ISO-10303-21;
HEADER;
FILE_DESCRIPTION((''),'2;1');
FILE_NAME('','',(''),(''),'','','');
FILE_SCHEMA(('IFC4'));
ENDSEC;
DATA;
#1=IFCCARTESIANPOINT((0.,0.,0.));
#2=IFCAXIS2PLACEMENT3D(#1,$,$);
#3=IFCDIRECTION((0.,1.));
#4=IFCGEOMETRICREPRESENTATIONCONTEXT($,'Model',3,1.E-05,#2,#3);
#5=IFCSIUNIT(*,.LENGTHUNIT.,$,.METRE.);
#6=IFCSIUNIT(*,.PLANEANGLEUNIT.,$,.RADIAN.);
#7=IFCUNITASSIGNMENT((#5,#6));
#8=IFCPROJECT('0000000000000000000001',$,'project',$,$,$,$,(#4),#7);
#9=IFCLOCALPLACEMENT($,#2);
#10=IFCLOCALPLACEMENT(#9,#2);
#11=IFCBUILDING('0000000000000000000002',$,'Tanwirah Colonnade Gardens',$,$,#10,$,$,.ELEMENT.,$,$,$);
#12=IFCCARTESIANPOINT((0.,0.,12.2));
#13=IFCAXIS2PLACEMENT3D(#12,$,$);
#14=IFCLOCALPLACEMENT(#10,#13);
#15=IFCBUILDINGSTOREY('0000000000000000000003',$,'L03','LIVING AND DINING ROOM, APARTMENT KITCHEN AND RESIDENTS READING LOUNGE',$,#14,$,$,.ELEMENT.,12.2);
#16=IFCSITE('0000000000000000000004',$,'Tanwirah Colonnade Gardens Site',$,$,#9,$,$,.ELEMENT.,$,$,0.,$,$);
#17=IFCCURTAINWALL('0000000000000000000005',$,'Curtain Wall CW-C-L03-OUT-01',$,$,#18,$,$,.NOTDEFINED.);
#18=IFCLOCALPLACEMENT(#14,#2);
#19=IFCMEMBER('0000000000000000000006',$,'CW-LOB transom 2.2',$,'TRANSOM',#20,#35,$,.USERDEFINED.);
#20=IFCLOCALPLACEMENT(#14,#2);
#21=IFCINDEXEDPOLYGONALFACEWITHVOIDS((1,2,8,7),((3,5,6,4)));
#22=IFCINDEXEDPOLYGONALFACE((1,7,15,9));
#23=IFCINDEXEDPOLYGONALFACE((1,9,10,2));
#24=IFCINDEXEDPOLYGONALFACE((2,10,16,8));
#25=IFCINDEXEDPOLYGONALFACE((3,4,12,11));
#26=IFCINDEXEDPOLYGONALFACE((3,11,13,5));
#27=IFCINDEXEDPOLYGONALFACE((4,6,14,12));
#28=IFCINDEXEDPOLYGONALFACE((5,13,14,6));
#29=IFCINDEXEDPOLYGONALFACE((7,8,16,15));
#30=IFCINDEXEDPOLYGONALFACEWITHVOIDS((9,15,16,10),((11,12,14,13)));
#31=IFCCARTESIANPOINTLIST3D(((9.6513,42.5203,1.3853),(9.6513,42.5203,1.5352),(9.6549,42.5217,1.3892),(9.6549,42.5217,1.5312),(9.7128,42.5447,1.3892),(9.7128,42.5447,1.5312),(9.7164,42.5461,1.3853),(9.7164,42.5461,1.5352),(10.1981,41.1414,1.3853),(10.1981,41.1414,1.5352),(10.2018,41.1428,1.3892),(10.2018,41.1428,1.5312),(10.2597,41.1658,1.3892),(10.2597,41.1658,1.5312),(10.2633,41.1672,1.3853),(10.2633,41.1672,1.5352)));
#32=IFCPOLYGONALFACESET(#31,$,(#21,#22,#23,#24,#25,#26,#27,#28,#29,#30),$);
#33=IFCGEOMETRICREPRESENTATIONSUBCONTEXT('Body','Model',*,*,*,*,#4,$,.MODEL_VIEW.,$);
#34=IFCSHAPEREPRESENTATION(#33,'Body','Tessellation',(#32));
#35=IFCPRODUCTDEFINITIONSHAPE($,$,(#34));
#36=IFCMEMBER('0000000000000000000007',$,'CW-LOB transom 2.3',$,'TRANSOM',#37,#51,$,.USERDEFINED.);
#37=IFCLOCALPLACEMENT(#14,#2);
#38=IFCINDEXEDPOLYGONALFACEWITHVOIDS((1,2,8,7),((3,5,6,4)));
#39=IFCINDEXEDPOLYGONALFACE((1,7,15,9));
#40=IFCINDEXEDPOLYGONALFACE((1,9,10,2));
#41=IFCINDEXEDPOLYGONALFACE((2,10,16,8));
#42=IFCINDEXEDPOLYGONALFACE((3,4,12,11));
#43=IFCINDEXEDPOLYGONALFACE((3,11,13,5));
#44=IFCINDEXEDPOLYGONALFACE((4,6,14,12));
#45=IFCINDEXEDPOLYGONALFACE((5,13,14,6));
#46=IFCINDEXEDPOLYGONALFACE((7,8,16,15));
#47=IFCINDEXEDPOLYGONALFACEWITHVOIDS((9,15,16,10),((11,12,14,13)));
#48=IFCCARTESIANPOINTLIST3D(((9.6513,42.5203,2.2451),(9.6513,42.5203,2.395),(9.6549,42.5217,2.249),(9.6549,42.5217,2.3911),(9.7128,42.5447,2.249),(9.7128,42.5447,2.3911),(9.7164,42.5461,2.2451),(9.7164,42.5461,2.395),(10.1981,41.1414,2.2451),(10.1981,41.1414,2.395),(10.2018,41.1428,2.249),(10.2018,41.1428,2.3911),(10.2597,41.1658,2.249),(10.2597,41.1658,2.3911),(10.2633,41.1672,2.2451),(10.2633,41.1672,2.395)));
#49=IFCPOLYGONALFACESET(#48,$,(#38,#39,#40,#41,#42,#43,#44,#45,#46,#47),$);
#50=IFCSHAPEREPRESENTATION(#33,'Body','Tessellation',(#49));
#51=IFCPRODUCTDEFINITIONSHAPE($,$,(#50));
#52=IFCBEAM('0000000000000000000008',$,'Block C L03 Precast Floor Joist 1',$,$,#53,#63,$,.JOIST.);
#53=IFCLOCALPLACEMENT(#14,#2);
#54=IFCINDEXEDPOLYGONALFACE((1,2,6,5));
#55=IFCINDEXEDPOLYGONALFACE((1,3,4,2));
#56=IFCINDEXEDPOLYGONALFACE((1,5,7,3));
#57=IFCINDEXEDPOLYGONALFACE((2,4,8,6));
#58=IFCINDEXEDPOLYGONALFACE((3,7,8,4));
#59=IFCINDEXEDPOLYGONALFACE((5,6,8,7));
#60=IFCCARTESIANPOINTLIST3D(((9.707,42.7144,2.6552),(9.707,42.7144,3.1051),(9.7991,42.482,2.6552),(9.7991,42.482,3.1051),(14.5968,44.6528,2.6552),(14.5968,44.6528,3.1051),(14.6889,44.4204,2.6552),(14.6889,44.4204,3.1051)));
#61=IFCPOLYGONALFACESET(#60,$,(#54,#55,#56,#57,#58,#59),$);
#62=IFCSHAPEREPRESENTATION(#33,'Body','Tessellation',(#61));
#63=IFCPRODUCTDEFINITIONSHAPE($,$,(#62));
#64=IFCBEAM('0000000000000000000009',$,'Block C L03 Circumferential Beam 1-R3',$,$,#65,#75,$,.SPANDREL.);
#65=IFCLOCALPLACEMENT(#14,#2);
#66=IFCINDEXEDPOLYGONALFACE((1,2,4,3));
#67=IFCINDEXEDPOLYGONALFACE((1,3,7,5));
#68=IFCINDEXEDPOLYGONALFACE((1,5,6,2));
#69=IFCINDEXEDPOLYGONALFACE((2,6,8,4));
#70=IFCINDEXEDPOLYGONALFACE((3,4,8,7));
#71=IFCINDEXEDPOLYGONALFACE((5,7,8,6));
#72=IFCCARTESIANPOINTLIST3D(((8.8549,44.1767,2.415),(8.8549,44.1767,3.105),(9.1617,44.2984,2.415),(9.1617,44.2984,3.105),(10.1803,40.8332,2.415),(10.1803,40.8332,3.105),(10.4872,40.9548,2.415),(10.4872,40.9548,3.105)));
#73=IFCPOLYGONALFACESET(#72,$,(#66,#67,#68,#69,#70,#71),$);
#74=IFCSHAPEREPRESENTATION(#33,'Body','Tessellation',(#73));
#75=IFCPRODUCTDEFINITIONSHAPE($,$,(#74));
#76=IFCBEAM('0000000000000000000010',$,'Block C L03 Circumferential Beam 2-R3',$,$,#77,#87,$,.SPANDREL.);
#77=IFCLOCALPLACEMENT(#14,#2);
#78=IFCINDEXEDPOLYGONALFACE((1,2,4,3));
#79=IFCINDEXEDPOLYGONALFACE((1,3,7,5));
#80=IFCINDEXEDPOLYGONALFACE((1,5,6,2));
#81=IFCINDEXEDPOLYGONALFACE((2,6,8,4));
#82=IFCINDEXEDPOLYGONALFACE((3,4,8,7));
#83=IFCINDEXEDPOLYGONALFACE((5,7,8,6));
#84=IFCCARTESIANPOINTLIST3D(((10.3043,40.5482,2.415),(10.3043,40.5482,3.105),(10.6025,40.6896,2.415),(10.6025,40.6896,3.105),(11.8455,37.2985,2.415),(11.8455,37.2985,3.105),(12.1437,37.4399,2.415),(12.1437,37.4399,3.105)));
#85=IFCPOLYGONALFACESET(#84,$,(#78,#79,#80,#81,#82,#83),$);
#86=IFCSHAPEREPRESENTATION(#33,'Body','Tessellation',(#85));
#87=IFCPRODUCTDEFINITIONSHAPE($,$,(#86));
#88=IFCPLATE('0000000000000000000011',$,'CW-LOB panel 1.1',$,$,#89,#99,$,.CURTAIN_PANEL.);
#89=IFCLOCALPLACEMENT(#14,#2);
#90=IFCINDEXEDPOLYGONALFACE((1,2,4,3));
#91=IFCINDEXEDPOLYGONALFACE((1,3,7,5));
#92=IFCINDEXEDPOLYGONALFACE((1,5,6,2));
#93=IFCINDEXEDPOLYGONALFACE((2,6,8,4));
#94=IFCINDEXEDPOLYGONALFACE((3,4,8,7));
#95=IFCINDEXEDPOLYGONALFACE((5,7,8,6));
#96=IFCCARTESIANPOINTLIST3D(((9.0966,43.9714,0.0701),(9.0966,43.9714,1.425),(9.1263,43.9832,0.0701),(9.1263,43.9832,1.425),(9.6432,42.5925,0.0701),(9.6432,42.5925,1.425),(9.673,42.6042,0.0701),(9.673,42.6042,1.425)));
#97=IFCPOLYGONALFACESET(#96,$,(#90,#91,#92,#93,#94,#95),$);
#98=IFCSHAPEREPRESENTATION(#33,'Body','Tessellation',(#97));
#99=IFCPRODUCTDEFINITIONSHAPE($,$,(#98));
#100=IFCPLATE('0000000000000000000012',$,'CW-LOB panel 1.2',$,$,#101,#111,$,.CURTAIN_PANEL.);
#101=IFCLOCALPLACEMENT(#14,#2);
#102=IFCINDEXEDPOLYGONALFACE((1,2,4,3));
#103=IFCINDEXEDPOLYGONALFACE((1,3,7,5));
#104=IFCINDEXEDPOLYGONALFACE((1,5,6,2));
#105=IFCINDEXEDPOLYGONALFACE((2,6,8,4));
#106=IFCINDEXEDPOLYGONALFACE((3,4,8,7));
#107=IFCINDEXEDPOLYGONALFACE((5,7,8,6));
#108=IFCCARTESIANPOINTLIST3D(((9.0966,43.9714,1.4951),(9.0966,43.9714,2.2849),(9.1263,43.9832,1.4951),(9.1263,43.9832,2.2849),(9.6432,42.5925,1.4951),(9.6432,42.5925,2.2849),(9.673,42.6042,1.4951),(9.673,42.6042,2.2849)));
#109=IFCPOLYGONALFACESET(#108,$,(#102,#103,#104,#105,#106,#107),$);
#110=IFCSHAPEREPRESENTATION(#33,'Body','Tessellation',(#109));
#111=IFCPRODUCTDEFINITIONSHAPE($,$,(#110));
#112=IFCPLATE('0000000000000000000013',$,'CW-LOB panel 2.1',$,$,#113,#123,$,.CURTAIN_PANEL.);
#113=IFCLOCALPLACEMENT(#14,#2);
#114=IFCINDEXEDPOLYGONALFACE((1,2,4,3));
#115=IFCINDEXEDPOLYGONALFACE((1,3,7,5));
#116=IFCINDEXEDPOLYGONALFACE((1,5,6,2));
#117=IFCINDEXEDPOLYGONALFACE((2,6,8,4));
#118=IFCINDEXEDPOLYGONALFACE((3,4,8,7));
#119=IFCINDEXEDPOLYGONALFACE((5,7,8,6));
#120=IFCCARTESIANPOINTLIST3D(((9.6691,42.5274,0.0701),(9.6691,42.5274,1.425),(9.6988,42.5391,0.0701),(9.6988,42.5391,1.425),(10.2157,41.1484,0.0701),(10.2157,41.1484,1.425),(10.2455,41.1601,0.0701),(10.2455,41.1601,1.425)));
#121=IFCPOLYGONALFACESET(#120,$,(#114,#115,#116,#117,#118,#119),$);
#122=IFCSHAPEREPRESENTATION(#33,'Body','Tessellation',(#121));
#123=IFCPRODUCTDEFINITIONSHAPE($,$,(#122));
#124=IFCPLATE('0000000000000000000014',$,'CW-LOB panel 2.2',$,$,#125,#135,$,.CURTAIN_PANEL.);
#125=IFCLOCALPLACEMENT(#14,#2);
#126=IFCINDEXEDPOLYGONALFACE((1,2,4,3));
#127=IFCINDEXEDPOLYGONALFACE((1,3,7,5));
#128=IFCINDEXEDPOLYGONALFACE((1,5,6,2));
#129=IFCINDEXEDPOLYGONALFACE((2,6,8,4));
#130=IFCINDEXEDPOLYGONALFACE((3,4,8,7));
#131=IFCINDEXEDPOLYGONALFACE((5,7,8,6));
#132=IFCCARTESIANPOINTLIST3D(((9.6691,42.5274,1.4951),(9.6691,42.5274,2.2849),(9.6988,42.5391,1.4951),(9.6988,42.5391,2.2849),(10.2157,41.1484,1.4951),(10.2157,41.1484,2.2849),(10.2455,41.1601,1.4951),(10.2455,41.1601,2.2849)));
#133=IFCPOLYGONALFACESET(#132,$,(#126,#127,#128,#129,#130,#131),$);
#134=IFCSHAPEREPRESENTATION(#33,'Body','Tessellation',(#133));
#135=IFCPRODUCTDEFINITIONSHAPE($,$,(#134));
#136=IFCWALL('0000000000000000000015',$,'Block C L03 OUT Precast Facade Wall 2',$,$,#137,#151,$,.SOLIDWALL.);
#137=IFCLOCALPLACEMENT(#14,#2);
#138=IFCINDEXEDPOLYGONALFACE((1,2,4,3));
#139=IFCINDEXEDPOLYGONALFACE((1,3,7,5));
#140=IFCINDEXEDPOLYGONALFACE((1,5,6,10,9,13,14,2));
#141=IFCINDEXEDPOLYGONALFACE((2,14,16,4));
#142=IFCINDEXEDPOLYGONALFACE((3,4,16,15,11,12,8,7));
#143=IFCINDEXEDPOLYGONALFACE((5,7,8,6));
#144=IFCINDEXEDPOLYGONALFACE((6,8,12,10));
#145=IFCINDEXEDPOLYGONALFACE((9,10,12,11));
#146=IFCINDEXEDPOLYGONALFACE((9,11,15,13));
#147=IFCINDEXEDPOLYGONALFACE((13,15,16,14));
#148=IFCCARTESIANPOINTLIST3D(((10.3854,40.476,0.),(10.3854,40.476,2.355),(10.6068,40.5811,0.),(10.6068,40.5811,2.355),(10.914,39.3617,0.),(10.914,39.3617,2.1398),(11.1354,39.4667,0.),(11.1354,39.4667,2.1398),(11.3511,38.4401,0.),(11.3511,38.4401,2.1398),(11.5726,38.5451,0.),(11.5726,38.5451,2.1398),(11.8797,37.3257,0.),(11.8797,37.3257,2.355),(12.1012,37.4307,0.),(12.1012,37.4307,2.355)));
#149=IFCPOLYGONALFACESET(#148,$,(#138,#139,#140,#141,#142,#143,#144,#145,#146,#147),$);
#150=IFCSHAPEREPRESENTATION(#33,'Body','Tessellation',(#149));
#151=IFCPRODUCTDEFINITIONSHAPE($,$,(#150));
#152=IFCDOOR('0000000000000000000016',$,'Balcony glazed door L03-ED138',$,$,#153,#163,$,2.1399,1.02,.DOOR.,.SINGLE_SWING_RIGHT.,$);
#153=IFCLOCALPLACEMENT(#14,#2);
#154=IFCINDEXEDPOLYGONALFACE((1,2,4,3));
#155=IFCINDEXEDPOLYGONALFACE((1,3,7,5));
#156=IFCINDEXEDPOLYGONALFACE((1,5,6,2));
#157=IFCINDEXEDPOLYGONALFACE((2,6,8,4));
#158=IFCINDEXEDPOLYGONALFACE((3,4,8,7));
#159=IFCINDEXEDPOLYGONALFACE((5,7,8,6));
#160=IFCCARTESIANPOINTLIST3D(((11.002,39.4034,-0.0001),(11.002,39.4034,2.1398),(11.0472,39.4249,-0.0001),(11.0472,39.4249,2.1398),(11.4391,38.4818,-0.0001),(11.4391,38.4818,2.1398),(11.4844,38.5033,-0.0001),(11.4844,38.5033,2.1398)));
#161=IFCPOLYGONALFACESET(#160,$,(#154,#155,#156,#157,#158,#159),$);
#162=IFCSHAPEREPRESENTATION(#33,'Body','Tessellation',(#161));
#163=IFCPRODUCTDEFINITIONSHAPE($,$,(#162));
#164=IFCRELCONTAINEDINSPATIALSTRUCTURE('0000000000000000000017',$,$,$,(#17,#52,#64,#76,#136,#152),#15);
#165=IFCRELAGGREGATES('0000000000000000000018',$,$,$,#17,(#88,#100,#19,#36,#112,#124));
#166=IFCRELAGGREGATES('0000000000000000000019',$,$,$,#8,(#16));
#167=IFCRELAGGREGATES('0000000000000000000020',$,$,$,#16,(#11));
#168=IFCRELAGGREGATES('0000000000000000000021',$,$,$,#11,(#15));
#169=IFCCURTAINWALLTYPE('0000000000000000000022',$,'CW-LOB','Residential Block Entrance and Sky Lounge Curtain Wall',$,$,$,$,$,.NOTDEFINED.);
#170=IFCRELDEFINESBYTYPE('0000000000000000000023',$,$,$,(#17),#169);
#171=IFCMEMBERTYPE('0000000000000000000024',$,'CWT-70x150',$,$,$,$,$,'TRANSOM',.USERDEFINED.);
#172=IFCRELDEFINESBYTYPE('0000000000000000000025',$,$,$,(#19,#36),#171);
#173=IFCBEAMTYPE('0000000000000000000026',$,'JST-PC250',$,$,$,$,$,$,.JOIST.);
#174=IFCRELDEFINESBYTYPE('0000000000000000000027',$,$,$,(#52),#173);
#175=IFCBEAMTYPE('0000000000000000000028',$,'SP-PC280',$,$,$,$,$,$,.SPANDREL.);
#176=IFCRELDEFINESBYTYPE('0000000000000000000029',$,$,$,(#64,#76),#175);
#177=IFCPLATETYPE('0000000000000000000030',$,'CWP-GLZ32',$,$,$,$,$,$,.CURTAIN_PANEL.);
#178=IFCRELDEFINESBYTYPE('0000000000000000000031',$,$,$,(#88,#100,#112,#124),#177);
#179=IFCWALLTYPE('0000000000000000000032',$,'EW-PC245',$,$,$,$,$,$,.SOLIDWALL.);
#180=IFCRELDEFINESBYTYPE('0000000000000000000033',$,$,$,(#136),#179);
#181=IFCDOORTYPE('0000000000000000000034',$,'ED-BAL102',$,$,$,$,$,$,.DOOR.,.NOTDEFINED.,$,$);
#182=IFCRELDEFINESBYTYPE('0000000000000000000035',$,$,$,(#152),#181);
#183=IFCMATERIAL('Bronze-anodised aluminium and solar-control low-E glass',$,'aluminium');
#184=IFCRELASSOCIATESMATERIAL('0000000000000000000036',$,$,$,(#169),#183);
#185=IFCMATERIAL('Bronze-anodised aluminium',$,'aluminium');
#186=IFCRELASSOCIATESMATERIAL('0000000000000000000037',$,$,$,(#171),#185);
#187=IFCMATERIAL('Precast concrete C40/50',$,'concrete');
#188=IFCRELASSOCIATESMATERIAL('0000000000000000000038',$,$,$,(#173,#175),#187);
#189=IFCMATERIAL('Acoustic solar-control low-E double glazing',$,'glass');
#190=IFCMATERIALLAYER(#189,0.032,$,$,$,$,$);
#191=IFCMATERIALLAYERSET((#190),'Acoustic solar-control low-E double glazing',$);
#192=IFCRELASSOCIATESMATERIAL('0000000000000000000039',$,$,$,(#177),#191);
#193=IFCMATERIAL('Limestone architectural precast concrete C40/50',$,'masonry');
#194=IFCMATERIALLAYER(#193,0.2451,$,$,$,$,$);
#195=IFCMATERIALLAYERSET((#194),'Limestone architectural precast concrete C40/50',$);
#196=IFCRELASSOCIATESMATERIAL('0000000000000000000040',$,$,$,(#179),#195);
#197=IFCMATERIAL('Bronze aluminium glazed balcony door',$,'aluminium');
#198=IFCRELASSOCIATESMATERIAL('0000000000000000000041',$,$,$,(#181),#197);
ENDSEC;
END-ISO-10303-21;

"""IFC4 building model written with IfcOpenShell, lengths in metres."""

from ifc_helpers import new_model, si_unit, direction, frame, frame_2d, origin, origin_2d, place, context, subcontext, project, spatial, rectangle, hollow_rectangle, extrude, material, layer, layer_set, material_profile, profile_set, type_object, element, fill, aggregate, save


model = new_model("IFC4")

# Units and contexts
model_context = context("Model", 3, precision=1e-05, world=origin(), true_north=direction((0.0, 1.0)))
body_context = subcontext(model_context, "Body", "Model", "MODEL_VIEW")
ifc_project = project(units=[si_unit("LENGTHUNIT", "METRE"), si_unit("PLANEANGLEUNIT", "RADIAN")], contexts=[model_context])

# Site, building, storey
site_placement = place(None, origin())
site = spatial("IfcSite", under=ifc_project, at=site_placement, Name="Tanwirah Colonnade Gardens Site", CompositionType="ELEMENT", RefElevation=0.0)
building_placement = place(site_placement, origin())
building = spatial("IfcBuilding", under=site, at=building_placement, Name="Tanwirah Colonnade Gardens", CompositionType="ELEMENT")
storey_placement = place(building_placement, frame((0.0, 0.0, 12.2)))
storey = spatial("IfcBuildingStorey", under=building, at=storey_placement, Name="L03", Description="LIVING AND DINING ROOM, APARTMENT KITCHEN AND RESIDENTS READING LOUNGE", CompositionType="ELEMENT", Elevation=12.2)

# Shared definitions
ifc_material_1 = material(Name="Precast concrete C40/50", Category="concrete")

# Curtain wall, members
ifc_material_2 = material(Name="Bronze-anodised aluminium and solar-control low-E glass", Category="aluminium")
curtain_wall_type = type_object("IfcCurtainWallType", Name="CW-LOB", Description="Residential Block Entrance and Sky Lounge Curtain Wall", PredefinedType="NOTDEFINED", material=ifc_material_2)
curtain_wall_placement = place(storey_placement, origin())
curtain_wall = element("IfcCurtainWall", 1, at=curtain_wall_placement, inside=storey, type_object=curtain_wall_type, Name="Curtain Wall CW-C-L03-OUT-01", PredefinedType="NOTDEFINED")
ifc_material_3 = material(Name="Bronze-anodised aluminium", Category="aluminium")
ifc_material_profile_1 = material_profile(ifc_material_3, hollow_rectangle(XDim=0.0701, YDim=0.1499, WallThickness=0.0039, at=origin_2d()), Name="CW-TRN 70x150x4")
ifc_profile_set_1 = profile_set([ifc_material_profile_1], Name="Bronze-anodised aluminium")
member_type_1 = type_object("IfcMemberType", Name="CWT-70x150", ElementType="TRANSOM", PredefinedType="USERDEFINED", material=ifc_profile_set_1)
member_1_placement = place(storey_placement, frame((9.6838, 42.5332, 1.4602), z_axis=(0.368665, -0.929562, 0.0), x_axis=(0.929562, 0.368665, 0.0)))
member_1 = element("IfcMember", 2, at=member_1_placement, type_object=member_type_1, Name="CW-LOB transom 2.2", ObjectType="TRANSOM", PredefinedType="USERDEFINED", context=body_context, shape_type="SweptSolid", body=[
    extrude(hollow_rectangle(XDim=0.0701, YDim=0.1499, WallThickness=0.0039, at=origin_2d()), origin(), (0.0, 0.0, 1.0), 1.4834),
])
member_2_placement = place(storey_placement, frame((9.6838, 42.5332, 2.3201), z_axis=(0.368665, -0.929562, 0.0), x_axis=(0.929562, 0.368665, 0.0)))
member_2 = element("IfcMember", 3, at=member_2_placement, type_object=member_type_1, Name="CW-LOB transom 2.3", ObjectType="TRANSOM", PredefinedType="USERDEFINED", context=body_context, shape_type="SweptSolid", body=[
    extrude(hollow_rectangle(XDim=0.0701, YDim=0.1499, WallThickness=0.0039, at=origin_2d()), origin(), (0.0, 0.0, 1.0), 1.4834),
])

# Beams
ifc_material_profile_2 = material_profile(ifc_material_1, rectangle(XDim=0.25, YDim=0.45, at=origin_2d()), Name="PC-JST 250x450")
ifc_profile_set_2 = profile_set([ifc_material_profile_2], Name="Precast concrete C40/50")
beam_type_1 = type_object("IfcBeamType", Name="JST-PC250", PredefinedType="JOIST", material=ifc_profile_set_2)
beam_1_placement = place(storey_placement, frame((14.6428, 44.5366, 2.8801), z_axis=(-0.929618, -0.368524, 0.0), x_axis=(0.368524, -0.929618, 0.0)))
element("IfcBeam", 4, at=beam_1_placement, inside=storey, type_object=beam_type_1, Name="Block C L03 Precast Floor Joist 1", PredefinedType="JOIST", context=body_context, shape_type="SweptSolid", body=[
    extrude(rectangle(XDim=0.25, YDim=0.45, at=origin_2d()), origin(), (0.0, 0.0, 1.0), 5.26),
])
ifc_material_profile_3 = material_profile(ifc_material_1, rectangle(XDim=0.3301, YDim=0.6899, at=origin_2d()), Name="PC-SP 330x690")
ifc_profile_set_3 = profile_set([ifc_material_profile_3], Name="Precast concrete C40/50")
beam_type_2 = type_object("IfcBeamType", Name="SP-PC280", PredefinedType="SPANDREL", material=ifc_profile_set_3)
for number, where, z_axis, x_axis, name in (
    (5, (9.0083, 44.2375, 2.76), (0.368522, -0.929619, 0.0), (0.929619, 0.368522, 0.0), "Block C L03 Circumferential Beam 1-R3"),
    (6, (10.4534, 40.6189, 2.76), (0.428518, -0.903533, 0.0), (0.903533, 0.428518, 0.0), "Block C L03 Circumferential Beam 2-R3"),
):
    element("IfcBeam", number, at=place(storey_placement, frame(where, z_axis=z_axis, x_axis=x_axis)), inside=storey, type_object=beam_type_2, Name=name, PredefinedType="SPANDREL", context=body_context, shape_type="SweptSolid", body=[
        extrude(rectangle(XDim=0.3301, YDim=0.6899, at=origin_2d()), origin(), (0.0, 0.0, 1.0), 3.5967),
    ])

# Plates
ifc_material_4 = material(Name="Acoustic solar-control low-E double glazing", Category="glass")
ifc_layer_1 = layer(ifc_material_4, 0.032)
ifc_layer_set_1 = layer_set([ifc_layer_1], Name="Acoustic solar-control low-E double glazing")
plate_type = type_object("IfcPlateType", Name="CWP-GLZ32", PredefinedType="CURTAIN_PANEL", material=ifc_layer_set_1)
plate_1_placement = place(storey_placement, frame((9.3848, 43.2878, 0.0701), z_axis=(0.0, 0.0, 1.0), x_axis=(0.368529, -0.929616, 0.0)))
plate_1 = element("IfcPlate", 7, at=plate_1_placement, type_object=plate_type, Name="CW-LOB panel 1.1", PredefinedType="CURTAIN_PANEL", context=body_context, shape_type="SweptSolid", body=[
    extrude(rectangle(XDim=1.4834, YDim=0.032, at=origin_2d()), origin(), (0.0, 0.0, 1.0), 1.355),
])
plate_2_placement = place(storey_placement, frame((9.3848, 43.2878, 1.4951), z_axis=(0.0, 0.0, 1.0), x_axis=(0.368529, -0.929616, 0.0)))
plate_2 = element("IfcPlate", 8, at=plate_2_placement, type_object=plate_type, Name="CW-LOB panel 1.2", PredefinedType="CURTAIN_PANEL", context=body_context, shape_type="SweptSolid", body=[
    extrude(rectangle(XDim=1.4834, YDim=0.032, at=origin_2d()), origin(), (0.0, 0.0, 1.0), 0.7898),
])
plate_3_placement = place(storey_placement, frame((9.9573, 41.8438, 0.0701), z_axis=(0.0, 0.0, 1.0), x_axis=(0.368529, -0.929616, 0.0)))
plate_3 = element("IfcPlate", 9, at=plate_3_placement, type_object=plate_type, Name="CW-LOB panel 2.1", PredefinedType="CURTAIN_PANEL", context=body_context, shape_type="SweptSolid", body=[
    extrude(rectangle(XDim=1.4834, YDim=0.032, at=origin_2d()), origin(), (0.0, 0.0, 1.0), 1.355),
])
plate_4_placement = place(storey_placement, frame((9.9573, 41.8438, 1.4951), z_axis=(0.0, 0.0, 1.0), x_axis=(0.368529, -0.929616, 0.0)))
plate_4 = element("IfcPlate", 10, at=plate_4_placement, type_object=plate_type, Name="CW-LOB panel 2.2", PredefinedType="CURTAIN_PANEL", context=body_context, shape_type="SweptSolid", body=[
    extrude(rectangle(XDim=1.4834, YDim=0.032, at=origin_2d()), origin(), (0.0, 0.0, 1.0), 0.7898),
])
aggregate(curtain_wall, [plate_1, plate_2, member_1, member_2, plate_3, plate_4])

# Wall, opening, door
ifc_material_5 = material(Name="Limestone architectural precast concrete C40/50", Category="masonry")
ifc_layer_2 = layer(ifc_material_5, 0.2451)
ifc_layer_set_2 = layer_set([ifc_layer_2], Name="Limestone architectural precast concrete C40/50")
wall_type_1 = type_object("IfcWallType", Name="EW-PC245", PredefinedType="SOLIDWALL", material=ifc_layer_set_2)
wall_1_placement = place(storey_placement, frame((10.4961, 40.5286, 0.0), z_axis=(0.0, 0.0, 1.0), x_axis=(0.428577, -0.903505, 0.0)))
wall_1 = element("IfcWall", 11, at=wall_1_placement, inside=storey, type_object=wall_type_1, Name="Block C L03 OUT Precast Facade Wall 2", PredefinedType="SOLIDWALL", context=body_context, shape_type="SweptSolid", body=[
    extrude(rectangle(XDim=3.4868, YDim=0.2451, at=frame_2d((1.7434, 0.0))), origin(), (0.0, 0.0, 1.0), 2.355),
])
opening_1_placement = place(wall_1_placement, frame((1.2334, 0.0, 0.0)))
opening_1 = element("IfcOpeningElement", 12, at=opening_1_placement, cuts=wall_1, PredefinedType="OPENING", context=body_context, shape_type="SweptSolid", body=[
    extrude(rectangle(XDim=1.02, YDim=2.1399, at=frame_2d((0.51, 1.0698))), frame((0.0, 0.1326, 0.0), z_axis=(0.0, -1.0, 0.0), x_axis=(1.0, 0.0, 0.0)), (0.0, 0.0, 1.0), 0.2651),
])
ifc_material_6 = material(Name="Bronze aluminium glazed balcony door", Category="aluminium")
door_type_1 = type_object("IfcDoorType", Name="ED-BAL102", OperationType="NOTDEFINED", PredefinedType="DOOR", material=ifc_material_6)
door_1_placement = place(opening_1_placement, origin())
door_1 = element("IfcDoor", 13, at=door_1_placement, inside=storey, type_object=door_type_1, Name="Balcony glazed door L03-ED138", OperationType="SINGLE_SWING_RIGHT", OverallHeight=2.1399, OverallWidth=1.02, PredefinedType="DOOR", context=body_context, shape_type="SweptSolid", body=[
    extrude(rectangle(XDim=1.02, YDim=2.1399, at=frame_2d((0.51, 1.0698))), frame((0.0, 0.0249, 0.0), z_axis=(0.0, -1.0, 0.0), x_axis=(1.0, 0.0, 0.0)), (0.0, 0.0, 1.0), 0.05),
])
fill(opening_1, door_1)

save(model, "model.ifc")
